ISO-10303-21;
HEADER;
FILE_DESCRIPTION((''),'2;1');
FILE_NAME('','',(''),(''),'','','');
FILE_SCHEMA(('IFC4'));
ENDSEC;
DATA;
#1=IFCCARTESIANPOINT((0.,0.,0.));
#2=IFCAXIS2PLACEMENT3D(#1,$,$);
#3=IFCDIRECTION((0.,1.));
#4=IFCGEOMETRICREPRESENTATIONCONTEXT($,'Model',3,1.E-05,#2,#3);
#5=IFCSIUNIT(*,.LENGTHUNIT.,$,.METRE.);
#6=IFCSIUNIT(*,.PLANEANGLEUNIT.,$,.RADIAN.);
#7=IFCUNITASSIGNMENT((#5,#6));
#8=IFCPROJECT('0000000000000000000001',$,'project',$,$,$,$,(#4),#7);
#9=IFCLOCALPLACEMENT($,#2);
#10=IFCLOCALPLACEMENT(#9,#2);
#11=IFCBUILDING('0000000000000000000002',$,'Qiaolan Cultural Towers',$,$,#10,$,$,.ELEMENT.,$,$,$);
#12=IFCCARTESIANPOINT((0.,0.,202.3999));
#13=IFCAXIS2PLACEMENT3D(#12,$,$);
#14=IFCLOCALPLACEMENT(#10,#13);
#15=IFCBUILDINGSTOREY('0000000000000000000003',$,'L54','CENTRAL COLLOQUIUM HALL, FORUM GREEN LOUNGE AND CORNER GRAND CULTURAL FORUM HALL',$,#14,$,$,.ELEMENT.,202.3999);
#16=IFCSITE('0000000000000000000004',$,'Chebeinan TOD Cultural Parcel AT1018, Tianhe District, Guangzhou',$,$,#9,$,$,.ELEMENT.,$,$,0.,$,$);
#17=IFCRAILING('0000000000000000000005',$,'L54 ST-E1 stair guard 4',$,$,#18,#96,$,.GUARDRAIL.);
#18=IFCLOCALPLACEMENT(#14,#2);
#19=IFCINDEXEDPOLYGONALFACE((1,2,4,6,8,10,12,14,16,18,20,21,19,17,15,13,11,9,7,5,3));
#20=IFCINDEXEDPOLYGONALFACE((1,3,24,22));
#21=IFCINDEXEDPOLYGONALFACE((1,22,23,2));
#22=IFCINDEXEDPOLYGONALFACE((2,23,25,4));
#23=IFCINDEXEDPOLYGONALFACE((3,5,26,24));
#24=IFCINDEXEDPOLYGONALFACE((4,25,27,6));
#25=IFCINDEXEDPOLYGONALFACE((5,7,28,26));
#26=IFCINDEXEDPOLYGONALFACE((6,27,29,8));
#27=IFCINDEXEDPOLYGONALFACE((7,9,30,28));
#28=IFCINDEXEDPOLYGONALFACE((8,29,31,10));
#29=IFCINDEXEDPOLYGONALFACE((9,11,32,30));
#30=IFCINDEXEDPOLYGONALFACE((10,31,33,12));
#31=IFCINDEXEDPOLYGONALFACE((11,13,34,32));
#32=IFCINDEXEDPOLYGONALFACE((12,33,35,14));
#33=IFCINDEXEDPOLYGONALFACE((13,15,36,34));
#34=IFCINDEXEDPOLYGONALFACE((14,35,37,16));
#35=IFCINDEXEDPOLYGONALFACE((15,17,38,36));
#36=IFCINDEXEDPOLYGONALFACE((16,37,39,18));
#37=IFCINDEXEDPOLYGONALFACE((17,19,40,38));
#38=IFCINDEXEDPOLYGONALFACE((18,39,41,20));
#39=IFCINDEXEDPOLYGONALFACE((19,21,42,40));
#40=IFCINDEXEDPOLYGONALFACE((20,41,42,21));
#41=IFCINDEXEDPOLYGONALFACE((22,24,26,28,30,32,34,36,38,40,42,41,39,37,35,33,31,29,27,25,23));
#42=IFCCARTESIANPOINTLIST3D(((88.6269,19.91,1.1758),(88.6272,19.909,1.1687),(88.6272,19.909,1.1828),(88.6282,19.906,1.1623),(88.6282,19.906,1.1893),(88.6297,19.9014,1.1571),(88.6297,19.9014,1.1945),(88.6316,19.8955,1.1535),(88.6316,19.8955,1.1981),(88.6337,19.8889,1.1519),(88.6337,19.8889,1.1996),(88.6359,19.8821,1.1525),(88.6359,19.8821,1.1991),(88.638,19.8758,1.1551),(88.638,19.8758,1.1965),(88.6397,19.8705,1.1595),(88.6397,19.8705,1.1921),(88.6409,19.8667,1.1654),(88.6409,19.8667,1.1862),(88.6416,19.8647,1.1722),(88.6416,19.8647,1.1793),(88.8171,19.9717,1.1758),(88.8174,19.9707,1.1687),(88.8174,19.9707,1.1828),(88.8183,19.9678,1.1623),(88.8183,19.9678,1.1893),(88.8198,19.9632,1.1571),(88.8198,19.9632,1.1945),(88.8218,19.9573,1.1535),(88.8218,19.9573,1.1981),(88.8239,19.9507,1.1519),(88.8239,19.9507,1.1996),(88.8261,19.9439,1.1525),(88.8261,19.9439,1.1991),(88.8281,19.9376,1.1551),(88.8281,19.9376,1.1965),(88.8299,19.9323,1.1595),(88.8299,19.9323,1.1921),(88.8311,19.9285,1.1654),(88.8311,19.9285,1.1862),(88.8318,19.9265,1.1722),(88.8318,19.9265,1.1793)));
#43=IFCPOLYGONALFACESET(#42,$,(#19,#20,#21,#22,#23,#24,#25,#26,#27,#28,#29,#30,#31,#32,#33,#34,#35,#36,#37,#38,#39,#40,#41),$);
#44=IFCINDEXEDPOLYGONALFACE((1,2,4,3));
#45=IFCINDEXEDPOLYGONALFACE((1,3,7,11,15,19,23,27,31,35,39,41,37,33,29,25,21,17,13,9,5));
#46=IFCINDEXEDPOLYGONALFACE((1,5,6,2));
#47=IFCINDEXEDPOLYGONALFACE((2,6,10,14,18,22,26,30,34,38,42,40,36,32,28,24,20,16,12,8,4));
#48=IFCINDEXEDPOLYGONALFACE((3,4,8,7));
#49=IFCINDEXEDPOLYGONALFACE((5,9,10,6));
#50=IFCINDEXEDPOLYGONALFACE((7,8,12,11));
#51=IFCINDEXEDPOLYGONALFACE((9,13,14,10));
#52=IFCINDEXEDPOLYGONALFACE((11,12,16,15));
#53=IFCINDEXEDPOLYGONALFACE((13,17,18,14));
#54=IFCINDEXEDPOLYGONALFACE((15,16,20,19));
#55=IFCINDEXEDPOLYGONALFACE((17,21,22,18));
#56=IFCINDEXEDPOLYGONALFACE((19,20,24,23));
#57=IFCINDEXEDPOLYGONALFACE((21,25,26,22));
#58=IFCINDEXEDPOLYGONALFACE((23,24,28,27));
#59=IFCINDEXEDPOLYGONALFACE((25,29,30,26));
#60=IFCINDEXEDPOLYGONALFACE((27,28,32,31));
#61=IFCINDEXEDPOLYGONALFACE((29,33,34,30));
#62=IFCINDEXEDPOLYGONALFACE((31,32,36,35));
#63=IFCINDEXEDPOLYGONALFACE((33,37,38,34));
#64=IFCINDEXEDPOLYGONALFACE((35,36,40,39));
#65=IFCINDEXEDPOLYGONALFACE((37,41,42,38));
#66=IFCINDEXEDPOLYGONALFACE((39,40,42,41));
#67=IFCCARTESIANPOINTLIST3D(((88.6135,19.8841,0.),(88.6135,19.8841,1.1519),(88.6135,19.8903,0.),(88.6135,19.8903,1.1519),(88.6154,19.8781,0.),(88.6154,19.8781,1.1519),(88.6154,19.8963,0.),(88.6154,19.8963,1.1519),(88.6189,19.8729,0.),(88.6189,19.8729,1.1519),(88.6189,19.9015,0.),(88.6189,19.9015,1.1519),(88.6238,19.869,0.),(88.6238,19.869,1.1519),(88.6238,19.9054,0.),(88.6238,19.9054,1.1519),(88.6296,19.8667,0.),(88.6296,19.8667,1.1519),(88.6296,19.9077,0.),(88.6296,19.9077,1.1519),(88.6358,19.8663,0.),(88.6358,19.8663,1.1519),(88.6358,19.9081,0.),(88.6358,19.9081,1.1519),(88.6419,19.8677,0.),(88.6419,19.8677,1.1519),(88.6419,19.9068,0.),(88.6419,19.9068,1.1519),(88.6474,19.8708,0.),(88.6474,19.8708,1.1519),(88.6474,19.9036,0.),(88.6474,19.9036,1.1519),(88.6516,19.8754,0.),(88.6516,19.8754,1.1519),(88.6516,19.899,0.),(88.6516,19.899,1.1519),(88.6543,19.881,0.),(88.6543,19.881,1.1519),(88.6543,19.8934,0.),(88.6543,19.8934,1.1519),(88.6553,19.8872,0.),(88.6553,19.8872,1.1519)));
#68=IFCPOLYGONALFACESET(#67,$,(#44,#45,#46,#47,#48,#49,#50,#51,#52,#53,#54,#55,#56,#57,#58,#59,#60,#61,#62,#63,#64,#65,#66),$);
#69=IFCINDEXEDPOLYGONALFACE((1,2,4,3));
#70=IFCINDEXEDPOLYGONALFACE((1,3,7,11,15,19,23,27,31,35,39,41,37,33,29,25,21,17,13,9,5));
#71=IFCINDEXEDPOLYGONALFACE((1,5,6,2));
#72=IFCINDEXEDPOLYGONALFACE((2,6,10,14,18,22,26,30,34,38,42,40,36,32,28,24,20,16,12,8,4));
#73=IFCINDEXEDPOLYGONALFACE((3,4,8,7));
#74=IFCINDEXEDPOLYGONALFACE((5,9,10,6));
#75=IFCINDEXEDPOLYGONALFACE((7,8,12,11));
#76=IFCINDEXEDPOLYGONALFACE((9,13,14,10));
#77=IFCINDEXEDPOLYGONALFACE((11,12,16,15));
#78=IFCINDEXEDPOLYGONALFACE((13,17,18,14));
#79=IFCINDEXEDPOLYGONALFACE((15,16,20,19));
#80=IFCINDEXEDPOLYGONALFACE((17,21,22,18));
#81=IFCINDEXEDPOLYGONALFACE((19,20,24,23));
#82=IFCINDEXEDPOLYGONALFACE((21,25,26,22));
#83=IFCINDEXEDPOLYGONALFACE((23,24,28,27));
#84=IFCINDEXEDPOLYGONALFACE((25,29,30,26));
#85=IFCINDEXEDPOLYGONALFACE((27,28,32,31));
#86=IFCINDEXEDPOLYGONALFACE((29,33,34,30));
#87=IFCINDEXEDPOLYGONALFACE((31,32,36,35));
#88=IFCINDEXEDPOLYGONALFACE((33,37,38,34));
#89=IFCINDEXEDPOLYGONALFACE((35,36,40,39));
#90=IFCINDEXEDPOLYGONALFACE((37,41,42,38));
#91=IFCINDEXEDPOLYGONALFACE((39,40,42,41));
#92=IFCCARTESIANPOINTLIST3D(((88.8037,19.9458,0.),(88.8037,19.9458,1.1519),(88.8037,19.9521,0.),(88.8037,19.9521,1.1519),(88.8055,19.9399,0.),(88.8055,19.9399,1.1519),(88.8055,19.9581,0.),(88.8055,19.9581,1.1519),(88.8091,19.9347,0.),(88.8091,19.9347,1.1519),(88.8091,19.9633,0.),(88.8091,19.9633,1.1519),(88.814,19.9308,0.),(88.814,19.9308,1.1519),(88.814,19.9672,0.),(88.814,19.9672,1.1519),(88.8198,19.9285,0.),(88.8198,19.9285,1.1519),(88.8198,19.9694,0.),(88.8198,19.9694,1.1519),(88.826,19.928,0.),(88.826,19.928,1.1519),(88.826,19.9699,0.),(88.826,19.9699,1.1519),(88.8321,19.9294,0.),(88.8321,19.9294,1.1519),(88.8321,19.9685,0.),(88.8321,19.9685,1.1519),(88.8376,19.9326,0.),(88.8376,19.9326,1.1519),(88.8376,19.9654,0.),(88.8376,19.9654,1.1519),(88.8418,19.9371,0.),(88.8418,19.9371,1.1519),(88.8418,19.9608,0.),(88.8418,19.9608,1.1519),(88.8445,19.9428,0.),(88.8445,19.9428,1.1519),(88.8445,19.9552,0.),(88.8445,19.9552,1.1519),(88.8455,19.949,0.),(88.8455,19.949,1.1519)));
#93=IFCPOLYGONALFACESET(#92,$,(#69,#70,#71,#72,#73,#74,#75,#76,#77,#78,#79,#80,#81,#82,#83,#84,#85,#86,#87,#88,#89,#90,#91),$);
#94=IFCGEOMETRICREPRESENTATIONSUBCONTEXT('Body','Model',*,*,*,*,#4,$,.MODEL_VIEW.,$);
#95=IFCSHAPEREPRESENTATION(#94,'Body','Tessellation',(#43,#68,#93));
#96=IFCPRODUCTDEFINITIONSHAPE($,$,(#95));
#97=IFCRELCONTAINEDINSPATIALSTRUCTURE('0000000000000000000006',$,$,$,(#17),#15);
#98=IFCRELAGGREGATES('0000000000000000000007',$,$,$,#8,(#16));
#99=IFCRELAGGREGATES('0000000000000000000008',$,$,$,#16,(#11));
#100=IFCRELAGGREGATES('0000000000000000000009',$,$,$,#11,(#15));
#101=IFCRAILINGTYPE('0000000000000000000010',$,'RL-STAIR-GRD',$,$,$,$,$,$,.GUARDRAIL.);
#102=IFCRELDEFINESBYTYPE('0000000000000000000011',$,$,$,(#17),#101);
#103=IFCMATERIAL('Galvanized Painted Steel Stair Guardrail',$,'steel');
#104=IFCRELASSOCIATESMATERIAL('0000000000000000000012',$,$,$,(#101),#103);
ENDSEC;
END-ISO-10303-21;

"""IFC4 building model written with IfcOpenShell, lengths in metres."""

from ifc_helpers import new_model, si_unit, direction, frame, origin, origin_2d, place, context, subcontext, project, spatial, circle, extrude, material, type_object, element, save


model = new_model("IFC4")

# Units and contexts
model_context = context("Model", 3, precision=1e-05, world=origin(), true_north=direction((0.0, 1.0)))
body_context = subcontext(model_context, "Body", "Model", "MODEL_VIEW")
ifc_project = project(units=[si_unit("LENGTHUNIT", "METRE"), si_unit("PLANEANGLEUNIT", "RADIAN")], contexts=[model_context])

# Site, building, storey
site_placement = place(None, origin())
site = spatial("IfcSite", under=ifc_project, at=site_placement, Name="Chebeinan TOD Cultural Parcel AT1018, Tianhe District, Guangzhou", CompositionType="ELEMENT", RefElevation=0.0)
building_placement = place(site_placement, origin())
building = spatial("IfcBuilding", under=site, at=building_placement, Name="Qiaolan Cultural Towers", CompositionType="ELEMENT")
storey_placement = place(building_placement, frame((0.0, 0.0, 202.3999)))
storey = spatial("IfcBuildingStorey", under=building, at=storey_placement, Name="L54", Description="CENTRAL COLLOQUIUM HALL, FORUM GREEN LOUNGE AND CORNER GRAND CULTURAL FORUM HALL", CompositionType="ELEMENT", Elevation=202.3999)

# Railing
ifc_material_1 = material(Name="Galvanized Painted Steel Stair Guardrail", Category="steel")
railing_type_1 = type_object("IfcRailingType", Name="RL-STAIR-GRD", PredefinedType="GUARDRAIL", material=ifc_material_1)
railing_1_placement = place(storey_placement, frame((88.6343, 19.8872, 0.0)))
element("IfcRailing", 1, at=railing_1_placement, inside=storey, type_object=railing_type_1, Name="L54 ST-E1 stair guard 4", PredefinedType="GUARDRAIL", context=body_context, shape_type="SweptSolid", body=[
    extrude(circle(Radius=0.0239, at=origin_2d()), frame((0.0, 0.0, 1.1758), z_axis=(0.951097, 0.308893, 0.0), x_axis=(-0.308893, 0.951097, 0.0)), (0.0, 0.0, 1.0), 0.2),
    extrude(circle(Radius=0.021, at=origin_2d()), origin(), (0.0, 0.0, 1.0), 1.1519),
    extrude(circle(Radius=0.021, at=origin_2d()), frame((0.1902, 0.0618, 0.0)), (0.0, 0.0, 1.0), 1.1519),
])

save(model, "model.ifc")
